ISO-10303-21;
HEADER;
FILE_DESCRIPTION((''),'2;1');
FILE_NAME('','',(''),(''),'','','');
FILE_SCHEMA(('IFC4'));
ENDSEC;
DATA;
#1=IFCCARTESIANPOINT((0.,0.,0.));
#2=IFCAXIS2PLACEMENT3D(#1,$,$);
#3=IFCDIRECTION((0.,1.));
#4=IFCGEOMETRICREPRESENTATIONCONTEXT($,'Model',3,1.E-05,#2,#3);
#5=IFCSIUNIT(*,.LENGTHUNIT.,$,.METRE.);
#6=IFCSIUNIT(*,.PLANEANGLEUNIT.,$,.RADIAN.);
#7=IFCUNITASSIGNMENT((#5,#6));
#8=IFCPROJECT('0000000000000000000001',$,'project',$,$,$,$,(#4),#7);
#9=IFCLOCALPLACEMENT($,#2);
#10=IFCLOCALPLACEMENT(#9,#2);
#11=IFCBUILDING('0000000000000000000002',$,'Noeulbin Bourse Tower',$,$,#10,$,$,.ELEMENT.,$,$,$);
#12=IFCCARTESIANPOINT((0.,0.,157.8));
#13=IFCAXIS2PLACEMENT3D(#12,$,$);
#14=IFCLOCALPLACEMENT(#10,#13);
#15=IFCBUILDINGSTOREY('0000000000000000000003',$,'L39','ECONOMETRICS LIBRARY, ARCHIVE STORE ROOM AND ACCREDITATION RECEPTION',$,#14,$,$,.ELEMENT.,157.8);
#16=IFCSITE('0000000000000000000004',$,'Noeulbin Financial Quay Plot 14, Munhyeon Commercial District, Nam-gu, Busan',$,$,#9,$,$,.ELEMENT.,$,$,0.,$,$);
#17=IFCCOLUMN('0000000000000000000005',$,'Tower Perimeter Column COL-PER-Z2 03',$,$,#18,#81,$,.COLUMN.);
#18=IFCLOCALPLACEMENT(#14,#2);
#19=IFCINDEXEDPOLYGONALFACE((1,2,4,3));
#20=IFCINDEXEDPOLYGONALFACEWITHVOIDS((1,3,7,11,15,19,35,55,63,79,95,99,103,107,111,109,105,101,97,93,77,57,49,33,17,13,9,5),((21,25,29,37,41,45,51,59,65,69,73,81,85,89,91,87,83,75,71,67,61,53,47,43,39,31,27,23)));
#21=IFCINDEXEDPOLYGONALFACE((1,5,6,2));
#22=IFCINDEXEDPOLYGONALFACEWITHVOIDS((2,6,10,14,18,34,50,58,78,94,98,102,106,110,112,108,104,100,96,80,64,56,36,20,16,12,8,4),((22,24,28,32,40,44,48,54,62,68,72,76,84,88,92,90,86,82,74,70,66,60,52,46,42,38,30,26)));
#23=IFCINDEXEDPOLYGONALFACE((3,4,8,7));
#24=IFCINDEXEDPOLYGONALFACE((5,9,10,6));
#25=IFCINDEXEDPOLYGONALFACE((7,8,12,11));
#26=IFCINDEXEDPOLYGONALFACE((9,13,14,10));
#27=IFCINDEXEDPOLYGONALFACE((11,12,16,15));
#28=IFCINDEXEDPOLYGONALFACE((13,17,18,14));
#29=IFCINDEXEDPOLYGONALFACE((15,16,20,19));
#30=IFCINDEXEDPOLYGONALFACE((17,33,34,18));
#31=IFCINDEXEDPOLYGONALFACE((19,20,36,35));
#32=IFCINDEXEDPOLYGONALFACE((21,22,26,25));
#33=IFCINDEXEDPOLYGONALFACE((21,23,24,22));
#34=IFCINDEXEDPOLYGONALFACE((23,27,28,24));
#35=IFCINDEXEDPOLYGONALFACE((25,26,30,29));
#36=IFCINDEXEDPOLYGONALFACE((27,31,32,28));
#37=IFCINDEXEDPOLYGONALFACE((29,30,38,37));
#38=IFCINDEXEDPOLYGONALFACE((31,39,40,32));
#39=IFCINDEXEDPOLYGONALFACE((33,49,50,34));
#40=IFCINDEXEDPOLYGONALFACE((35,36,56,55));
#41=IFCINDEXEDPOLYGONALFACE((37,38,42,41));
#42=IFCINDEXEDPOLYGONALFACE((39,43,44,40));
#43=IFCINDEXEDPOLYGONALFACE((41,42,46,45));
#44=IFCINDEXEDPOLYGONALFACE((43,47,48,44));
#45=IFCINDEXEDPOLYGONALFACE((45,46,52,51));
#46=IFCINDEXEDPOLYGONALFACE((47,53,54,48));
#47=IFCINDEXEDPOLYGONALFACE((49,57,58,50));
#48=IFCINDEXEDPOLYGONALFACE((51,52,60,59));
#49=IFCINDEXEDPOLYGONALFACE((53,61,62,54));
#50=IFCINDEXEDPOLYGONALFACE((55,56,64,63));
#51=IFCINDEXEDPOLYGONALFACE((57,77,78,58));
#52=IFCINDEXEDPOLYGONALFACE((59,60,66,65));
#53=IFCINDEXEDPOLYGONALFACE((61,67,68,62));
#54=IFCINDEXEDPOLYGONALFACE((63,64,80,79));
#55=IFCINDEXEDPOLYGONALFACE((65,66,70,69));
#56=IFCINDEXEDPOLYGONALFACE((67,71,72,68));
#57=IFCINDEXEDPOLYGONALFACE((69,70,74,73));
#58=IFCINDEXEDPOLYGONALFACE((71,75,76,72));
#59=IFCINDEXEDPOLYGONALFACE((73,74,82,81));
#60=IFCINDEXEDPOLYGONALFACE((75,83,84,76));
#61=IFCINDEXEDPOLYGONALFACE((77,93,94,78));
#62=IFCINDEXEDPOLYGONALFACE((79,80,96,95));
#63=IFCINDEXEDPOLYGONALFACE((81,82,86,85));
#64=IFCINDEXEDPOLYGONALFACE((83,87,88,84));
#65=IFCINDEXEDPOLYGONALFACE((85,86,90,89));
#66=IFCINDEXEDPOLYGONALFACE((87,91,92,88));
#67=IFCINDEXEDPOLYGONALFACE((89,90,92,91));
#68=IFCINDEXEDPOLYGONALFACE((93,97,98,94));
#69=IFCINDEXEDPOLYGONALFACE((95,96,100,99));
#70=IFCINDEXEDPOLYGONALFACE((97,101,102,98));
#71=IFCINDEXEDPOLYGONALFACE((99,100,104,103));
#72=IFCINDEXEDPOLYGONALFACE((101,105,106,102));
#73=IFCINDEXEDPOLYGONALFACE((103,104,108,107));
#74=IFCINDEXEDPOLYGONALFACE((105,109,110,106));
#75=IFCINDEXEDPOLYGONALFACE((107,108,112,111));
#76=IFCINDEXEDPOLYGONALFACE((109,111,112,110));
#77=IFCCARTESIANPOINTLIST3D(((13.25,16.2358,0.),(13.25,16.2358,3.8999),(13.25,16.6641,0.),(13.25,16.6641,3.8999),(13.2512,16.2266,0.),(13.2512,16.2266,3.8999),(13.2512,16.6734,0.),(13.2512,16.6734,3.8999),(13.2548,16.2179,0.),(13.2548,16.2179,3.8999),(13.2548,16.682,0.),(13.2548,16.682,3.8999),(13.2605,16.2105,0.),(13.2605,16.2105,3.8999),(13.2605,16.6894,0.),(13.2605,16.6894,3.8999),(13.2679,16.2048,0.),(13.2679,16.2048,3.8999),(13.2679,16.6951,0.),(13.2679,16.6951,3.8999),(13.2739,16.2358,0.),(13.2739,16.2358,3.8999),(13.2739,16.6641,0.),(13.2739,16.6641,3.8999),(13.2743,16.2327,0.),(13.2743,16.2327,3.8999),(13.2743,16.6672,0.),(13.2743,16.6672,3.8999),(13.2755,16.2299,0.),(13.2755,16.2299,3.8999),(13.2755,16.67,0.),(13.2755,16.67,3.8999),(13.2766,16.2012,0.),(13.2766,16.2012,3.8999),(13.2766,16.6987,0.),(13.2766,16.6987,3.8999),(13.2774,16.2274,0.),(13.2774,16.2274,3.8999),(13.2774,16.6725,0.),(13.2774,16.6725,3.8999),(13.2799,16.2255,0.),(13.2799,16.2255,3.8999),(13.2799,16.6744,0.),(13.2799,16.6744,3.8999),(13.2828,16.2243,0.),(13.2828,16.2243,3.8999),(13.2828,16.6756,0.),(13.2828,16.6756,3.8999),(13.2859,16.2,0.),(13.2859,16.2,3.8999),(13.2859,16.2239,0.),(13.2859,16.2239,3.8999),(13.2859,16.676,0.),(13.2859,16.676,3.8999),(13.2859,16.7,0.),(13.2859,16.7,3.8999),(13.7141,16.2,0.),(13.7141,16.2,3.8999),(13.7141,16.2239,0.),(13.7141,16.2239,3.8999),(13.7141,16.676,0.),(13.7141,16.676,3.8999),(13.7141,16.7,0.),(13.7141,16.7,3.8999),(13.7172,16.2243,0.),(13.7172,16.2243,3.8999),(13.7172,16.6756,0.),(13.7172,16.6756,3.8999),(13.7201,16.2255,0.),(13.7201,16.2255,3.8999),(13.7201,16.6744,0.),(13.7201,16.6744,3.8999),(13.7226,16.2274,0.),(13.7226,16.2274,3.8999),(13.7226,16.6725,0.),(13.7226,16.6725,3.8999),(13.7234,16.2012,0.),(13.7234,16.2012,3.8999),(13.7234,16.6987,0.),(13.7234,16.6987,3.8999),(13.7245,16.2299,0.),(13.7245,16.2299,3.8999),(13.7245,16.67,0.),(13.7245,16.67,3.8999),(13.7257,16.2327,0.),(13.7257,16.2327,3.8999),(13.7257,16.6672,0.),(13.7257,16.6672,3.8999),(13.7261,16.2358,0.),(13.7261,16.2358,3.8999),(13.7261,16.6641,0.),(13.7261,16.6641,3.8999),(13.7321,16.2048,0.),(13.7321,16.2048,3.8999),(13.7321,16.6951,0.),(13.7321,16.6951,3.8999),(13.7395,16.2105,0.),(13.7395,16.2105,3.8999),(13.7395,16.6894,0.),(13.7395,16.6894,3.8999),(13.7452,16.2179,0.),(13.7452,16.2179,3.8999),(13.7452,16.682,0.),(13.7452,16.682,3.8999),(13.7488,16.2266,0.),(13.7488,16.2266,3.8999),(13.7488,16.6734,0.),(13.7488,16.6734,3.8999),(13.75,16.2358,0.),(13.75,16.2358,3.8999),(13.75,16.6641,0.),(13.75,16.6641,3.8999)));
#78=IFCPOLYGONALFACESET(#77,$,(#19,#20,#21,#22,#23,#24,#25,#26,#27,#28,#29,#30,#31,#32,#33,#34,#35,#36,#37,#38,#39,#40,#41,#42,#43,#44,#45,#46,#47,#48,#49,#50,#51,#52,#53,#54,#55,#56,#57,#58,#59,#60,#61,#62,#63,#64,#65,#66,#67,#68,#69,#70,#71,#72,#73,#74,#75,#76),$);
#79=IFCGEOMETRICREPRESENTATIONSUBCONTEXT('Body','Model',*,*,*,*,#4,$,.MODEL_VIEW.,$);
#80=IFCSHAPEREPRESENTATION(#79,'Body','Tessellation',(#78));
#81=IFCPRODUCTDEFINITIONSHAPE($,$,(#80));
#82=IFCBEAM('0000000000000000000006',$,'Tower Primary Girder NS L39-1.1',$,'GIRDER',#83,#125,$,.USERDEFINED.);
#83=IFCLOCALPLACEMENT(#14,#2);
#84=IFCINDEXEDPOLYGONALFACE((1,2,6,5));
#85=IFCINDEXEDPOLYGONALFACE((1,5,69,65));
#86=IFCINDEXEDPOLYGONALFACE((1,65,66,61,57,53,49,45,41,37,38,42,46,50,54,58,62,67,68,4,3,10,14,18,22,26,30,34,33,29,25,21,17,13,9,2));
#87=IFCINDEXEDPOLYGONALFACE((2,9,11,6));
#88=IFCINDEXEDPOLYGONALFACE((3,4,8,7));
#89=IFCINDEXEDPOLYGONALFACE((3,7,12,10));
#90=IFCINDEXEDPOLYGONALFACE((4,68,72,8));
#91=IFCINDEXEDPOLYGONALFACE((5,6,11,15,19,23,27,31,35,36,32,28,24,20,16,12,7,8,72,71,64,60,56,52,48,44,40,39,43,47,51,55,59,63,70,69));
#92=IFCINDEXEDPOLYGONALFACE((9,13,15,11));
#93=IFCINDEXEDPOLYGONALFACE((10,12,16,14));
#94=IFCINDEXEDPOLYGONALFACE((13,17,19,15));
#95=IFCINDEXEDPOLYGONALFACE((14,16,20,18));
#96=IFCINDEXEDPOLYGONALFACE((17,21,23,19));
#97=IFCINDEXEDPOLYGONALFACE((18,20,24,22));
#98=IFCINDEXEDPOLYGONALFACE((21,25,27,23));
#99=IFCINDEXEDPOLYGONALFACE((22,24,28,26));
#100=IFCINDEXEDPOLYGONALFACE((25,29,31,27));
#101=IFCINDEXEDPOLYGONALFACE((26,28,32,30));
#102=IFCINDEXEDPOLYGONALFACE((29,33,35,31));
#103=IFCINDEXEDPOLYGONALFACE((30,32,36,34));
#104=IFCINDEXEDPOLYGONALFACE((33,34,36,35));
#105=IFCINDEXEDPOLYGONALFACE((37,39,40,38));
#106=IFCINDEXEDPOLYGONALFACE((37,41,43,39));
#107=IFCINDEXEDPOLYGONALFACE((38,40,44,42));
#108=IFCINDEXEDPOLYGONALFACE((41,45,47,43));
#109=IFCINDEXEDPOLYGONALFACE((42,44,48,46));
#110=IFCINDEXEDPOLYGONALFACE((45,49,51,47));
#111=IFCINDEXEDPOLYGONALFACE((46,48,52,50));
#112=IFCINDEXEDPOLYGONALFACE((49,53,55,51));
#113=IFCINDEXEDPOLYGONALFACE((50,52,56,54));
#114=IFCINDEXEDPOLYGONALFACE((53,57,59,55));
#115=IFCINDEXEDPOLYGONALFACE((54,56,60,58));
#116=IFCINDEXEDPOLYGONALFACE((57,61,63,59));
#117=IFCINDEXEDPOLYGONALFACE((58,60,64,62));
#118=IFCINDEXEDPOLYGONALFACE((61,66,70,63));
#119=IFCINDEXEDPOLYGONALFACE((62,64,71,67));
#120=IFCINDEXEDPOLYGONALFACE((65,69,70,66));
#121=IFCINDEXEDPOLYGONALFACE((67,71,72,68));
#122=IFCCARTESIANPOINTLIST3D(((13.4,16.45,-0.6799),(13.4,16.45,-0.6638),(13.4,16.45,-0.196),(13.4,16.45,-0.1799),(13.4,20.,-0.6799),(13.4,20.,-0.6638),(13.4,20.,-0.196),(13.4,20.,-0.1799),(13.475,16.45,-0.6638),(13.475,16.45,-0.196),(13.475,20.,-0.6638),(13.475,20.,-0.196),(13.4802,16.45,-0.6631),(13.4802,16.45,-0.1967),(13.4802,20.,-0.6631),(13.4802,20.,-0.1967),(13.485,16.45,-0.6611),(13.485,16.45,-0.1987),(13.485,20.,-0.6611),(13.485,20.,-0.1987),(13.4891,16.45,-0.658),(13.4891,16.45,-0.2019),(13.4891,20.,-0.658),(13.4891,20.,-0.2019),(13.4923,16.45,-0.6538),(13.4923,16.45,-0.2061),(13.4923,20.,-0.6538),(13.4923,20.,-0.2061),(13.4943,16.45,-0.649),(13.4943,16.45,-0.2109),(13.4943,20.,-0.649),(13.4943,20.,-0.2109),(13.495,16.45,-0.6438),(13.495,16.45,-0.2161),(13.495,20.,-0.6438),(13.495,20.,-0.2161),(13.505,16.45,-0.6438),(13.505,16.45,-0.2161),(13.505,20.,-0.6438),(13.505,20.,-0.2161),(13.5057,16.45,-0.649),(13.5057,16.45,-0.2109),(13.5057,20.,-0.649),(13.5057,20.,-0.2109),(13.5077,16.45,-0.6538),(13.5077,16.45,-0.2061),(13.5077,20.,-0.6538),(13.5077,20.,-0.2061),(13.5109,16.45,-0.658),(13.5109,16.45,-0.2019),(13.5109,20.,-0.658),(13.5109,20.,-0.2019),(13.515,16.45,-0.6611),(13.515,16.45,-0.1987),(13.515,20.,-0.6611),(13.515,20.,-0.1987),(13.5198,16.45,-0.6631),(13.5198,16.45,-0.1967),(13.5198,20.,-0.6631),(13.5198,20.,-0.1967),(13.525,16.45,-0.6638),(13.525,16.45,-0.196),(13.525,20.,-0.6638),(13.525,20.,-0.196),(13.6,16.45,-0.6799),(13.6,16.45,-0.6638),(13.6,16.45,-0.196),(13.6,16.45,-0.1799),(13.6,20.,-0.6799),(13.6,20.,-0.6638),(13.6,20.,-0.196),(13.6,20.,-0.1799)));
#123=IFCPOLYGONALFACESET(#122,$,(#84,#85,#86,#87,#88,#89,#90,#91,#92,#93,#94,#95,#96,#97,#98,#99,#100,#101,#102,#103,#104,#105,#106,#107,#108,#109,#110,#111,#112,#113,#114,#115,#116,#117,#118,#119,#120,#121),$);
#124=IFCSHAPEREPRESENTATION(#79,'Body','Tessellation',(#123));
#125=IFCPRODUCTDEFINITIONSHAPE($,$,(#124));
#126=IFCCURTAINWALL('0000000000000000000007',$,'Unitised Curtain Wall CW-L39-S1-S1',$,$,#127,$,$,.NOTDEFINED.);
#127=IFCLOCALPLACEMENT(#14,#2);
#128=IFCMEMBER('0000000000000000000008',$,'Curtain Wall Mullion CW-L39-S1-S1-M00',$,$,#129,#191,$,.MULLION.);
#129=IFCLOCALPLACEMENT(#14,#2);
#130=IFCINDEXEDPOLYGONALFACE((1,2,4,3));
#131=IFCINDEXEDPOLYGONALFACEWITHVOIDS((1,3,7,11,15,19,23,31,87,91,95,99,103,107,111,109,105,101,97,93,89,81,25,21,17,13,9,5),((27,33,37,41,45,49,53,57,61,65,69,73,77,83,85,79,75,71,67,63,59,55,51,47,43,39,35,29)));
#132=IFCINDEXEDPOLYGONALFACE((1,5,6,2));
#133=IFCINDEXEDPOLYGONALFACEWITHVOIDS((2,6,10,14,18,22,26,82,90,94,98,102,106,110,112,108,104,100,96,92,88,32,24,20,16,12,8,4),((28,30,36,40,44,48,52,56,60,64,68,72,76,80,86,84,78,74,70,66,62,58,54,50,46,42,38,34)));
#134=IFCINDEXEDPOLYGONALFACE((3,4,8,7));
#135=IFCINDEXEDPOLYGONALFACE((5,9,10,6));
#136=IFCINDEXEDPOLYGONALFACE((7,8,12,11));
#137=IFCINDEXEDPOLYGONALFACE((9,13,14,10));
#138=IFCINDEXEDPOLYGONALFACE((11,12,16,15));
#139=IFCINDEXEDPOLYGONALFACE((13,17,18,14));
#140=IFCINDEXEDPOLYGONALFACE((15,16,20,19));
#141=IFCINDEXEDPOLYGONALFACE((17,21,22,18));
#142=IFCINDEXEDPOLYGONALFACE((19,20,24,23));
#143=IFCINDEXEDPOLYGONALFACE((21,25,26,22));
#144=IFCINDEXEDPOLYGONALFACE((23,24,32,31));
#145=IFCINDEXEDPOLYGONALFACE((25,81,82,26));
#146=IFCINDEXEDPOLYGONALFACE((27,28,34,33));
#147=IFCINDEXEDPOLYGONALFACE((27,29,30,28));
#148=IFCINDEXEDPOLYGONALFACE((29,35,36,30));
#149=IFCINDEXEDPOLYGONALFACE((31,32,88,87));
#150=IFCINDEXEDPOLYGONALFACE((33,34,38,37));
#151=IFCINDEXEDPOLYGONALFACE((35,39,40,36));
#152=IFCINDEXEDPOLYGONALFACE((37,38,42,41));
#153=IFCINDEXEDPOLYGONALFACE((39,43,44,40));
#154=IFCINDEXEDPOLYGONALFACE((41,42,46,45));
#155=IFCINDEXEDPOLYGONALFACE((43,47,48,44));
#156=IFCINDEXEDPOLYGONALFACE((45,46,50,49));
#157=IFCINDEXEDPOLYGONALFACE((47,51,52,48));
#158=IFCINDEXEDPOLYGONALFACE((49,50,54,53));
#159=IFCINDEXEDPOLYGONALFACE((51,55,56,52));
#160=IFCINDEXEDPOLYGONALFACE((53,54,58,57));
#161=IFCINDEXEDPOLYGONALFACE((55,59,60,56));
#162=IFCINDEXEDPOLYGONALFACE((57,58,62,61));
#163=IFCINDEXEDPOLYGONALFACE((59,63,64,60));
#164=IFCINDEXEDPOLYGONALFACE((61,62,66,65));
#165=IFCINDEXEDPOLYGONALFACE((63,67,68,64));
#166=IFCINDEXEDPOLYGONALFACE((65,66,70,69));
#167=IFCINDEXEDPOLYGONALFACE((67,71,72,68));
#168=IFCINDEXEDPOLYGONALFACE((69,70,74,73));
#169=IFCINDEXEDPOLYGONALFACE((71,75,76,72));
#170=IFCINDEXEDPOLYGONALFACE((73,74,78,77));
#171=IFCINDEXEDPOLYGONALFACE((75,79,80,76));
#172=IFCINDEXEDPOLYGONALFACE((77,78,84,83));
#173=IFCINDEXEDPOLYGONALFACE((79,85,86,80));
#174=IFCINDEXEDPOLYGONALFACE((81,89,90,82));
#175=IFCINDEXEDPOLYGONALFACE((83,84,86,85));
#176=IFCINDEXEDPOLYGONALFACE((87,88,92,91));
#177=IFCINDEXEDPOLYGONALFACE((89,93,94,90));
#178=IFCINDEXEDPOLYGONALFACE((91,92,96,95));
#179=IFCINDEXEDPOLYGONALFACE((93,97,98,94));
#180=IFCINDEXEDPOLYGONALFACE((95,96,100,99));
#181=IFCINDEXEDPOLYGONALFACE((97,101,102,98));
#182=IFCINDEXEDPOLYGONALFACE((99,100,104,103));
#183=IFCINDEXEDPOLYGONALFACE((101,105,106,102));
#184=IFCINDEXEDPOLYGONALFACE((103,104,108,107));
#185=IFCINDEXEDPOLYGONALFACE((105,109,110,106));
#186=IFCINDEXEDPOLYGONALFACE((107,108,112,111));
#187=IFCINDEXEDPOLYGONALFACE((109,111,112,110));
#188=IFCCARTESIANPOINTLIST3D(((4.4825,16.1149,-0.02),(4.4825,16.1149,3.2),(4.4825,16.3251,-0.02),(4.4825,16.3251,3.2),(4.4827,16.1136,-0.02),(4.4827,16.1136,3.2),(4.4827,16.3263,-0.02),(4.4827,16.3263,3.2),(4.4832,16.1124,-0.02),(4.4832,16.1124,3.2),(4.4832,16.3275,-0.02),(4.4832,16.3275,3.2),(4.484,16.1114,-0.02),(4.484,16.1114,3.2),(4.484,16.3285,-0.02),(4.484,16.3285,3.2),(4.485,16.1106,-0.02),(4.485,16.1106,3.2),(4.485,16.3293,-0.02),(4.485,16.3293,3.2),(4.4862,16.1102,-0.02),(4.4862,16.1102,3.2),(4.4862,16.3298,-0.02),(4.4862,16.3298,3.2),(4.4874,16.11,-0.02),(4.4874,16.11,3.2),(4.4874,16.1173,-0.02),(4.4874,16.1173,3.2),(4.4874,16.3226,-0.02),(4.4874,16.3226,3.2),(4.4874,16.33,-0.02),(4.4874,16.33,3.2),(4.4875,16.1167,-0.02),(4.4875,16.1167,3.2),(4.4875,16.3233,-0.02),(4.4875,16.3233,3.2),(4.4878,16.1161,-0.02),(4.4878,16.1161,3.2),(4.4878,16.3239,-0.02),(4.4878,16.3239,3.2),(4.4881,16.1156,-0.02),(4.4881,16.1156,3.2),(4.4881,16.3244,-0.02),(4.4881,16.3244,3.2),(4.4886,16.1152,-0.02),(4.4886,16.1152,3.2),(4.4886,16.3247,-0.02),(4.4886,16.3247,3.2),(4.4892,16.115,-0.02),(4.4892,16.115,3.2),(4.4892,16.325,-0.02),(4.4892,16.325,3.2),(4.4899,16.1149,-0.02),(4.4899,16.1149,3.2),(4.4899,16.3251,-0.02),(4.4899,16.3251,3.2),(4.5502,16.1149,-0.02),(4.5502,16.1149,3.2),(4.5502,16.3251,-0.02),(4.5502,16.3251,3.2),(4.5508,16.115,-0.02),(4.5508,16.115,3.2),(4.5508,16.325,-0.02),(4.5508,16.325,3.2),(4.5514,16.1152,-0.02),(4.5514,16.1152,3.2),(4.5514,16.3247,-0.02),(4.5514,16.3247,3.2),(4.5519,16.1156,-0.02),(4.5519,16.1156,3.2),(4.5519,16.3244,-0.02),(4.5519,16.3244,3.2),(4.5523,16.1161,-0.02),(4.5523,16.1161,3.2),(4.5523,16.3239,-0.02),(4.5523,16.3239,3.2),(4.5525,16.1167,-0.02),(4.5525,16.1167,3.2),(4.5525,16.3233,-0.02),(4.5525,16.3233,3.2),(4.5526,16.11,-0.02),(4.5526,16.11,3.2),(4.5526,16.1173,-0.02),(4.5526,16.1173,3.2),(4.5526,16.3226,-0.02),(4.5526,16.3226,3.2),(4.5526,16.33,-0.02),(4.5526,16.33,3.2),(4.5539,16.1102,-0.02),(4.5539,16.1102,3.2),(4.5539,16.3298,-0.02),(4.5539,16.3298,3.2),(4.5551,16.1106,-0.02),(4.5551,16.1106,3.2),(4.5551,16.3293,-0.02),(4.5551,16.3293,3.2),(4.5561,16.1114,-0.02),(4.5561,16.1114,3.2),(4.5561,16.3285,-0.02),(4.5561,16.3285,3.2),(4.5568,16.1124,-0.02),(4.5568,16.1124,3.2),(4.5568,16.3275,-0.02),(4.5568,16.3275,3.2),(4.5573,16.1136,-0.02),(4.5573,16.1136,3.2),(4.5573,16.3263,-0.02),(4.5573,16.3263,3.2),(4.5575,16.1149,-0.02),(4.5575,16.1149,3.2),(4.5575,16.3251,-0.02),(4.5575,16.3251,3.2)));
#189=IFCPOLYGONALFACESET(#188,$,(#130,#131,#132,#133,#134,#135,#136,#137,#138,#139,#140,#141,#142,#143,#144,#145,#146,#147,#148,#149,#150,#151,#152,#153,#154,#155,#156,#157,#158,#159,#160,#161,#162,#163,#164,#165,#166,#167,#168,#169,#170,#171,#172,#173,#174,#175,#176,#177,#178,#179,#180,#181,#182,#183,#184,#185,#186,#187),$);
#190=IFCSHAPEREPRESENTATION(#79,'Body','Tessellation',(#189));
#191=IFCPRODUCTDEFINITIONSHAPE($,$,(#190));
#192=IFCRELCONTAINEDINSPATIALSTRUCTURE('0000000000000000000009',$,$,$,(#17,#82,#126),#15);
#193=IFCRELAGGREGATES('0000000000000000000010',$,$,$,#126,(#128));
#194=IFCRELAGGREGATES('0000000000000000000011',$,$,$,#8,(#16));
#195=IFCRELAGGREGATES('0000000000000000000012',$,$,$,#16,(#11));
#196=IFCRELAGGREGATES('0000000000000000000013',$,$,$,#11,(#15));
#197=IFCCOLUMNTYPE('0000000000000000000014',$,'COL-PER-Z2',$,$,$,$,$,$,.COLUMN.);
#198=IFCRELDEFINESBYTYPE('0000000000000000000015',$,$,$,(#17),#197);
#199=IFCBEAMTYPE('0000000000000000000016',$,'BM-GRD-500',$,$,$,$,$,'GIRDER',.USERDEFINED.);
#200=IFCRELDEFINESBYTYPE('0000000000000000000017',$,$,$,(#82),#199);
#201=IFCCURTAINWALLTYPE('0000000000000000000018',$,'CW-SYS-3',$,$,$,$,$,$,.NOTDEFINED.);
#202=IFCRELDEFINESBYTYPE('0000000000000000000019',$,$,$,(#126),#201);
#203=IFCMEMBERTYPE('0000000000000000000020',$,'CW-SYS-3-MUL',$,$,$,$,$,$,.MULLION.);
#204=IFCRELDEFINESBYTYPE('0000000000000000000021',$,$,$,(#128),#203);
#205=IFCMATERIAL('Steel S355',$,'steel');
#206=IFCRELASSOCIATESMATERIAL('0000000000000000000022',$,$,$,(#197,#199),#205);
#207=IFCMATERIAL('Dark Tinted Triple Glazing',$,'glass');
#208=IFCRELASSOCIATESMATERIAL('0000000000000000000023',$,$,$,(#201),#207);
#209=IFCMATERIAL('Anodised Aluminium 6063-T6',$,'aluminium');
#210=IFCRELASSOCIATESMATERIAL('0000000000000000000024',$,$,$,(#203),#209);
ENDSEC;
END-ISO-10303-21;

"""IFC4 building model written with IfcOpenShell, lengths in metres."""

from ifc_helpers import new_model, si_unit, direction, frame, origin, origin_2d, place, context, subcontext, project, spatial, hollow_rectangle, i_section, extrude, material, material_profile, profile_set, type_object, element, aggregate, save


model = new_model("IFC4")

# Units and contexts
model_context = context("Model", 3, precision=1e-05, world=origin(), true_north=direction((0.0, 1.0)))
body_context = subcontext(model_context, "Body", "Model", "MODEL_VIEW")
ifc_project = project(units=[si_unit("LENGTHUNIT", "METRE"), si_unit("PLANEANGLEUNIT", "RADIAN")], contexts=[model_context])

# Site, building, storey
site_placement = place(None, origin())
site = spatial("IfcSite", under=ifc_project, at=site_placement, Name="Noeulbin Financial Quay Plot 14, Munhyeon Commercial District, Nam-gu, Busan", CompositionType="ELEMENT", RefElevation=0.0)
building_placement = place(site_placement, origin())
building = spatial("IfcBuilding", under=site, at=building_placement, Name="Noeulbin Bourse Tower", CompositionType="ELEMENT")
storey_placement = place(building_placement, frame((0.0, 0.0, 157.8)))
storey = spatial("IfcBuildingStorey", under=building, at=storey_placement, Name="L39", Description="ECONOMETRICS LIBRARY, ARCHIVE STORE ROOM AND ACCREDITATION RECEPTION", CompositionType="ELEMENT", Elevation=157.8)

# Column
ifc_material_1 = material(Name="Steel S355", Category="steel")
ifc_material_profile_1 = material_profile(ifc_material_1, hollow_rectangle(XDim=0.5, YDim=0.5, WallThickness=0.0239, InnerFilletRadius=0.012, OuterFilletRadius=0.0359, at=origin_2d()), Name="BOX-500x500x24", Category="LoadBearing")
ifc_profile_set_1 = profile_set([ifc_material_profile_1], Name="Steel S355")
column_type = type_object("IfcColumnType", Name="COL-PER-Z2", PredefinedType="COLUMN", material=ifc_profile_set_1)
column_placement = place(storey_placement, frame((13.5, 16.45, 0.0), z_axis=(0.0, 0.0, 1.0), x_axis=(1.0, 0.0, 0.0)))
element("IfcColumn", 1, at=column_placement, inside=storey, type_object=column_type, Name="Tower Perimeter Column COL-PER-Z2 03", PredefinedType="COLUMN", context=body_context, shape_type="SweptSolid", body=[
    extrude(hollow_rectangle(XDim=0.5, YDim=0.5, WallThickness=0.0239, InnerFilletRadius=0.012, OuterFilletRadius=0.0359, at=origin_2d()), origin(), (0.0, 0.0, 1.0), 3.8999),
])

# Beam
ifc_material_profile_2 = material_profile(ifc_material_1, i_section(OverallWidth=0.2, OverallDepth=0.5, WebThickness=0.01, FlangeThickness=0.0161, FilletRadius=0.02, at=origin_2d()), Name="H-500x200x10x16", Category="LoadBearing")
ifc_profile_set_2 = profile_set([ifc_material_profile_2], Name="Steel S355")
beam_type = type_object("IfcBeamType", Name="BM-GRD-500", ElementType="GIRDER", PredefinedType="USERDEFINED", material=ifc_profile_set_2)
beam_placement = place(storey_placement, frame((13.5, 16.45, -0.4299), z_axis=(0.0, 1.0, 0.0), x_axis=(-1.0, 0.0, 0.0)))
element("IfcBeam", 2, at=beam_placement, inside=storey, type_object=beam_type, Name="Tower Primary Girder NS L39-1.1", ObjectType="GIRDER", PredefinedType="USERDEFINED", context=body_context, shape_type="SweptSolid", body=[
    extrude(i_section(OverallWidth=0.2, OverallDepth=0.5, WebThickness=0.01, FlangeThickness=0.0161, FilletRadius=0.02, at=origin_2d()), origin(), (0.0, 0.0, 1.0), 3.55),
])

# Curtain wall, member
ifc_material_2 = material(Name="Dark Tinted Triple Glazing", Category="glass")
curtain_wall_type = type_object("IfcCurtainWallType", Name="CW-SYS-3", PredefinedType="NOTDEFINED", material=ifc_material_2)
curtain_wall_1_placement = place(storey_placement, origin())
curtain_wall_1 = element("IfcCurtainWall", 3, at=curtain_wall_1_placement, inside=storey, type_object=curtain_wall_type, Name="Unitised Curtain Wall CW-L39-S1-S1", PredefinedType="NOTDEFINED")
ifc_material_3 = material(Name="Anodised Aluminium 6063-T6", Category="aluminium")
ifc_material_profile_3 = material_profile(ifc_material_3, hollow_rectangle(XDim=0.075, YDim=0.22, WallThickness=0.0049, InnerFilletRadius=0.0024, OuterFilletRadius=0.0049, at=origin_2d()), Name="ALU-MULL-75x220x5", Category="LoadBearing")
ifc_profile_set_3 = profile_set([ifc_material_profile_3], Name="Anodised Aluminium 6063-T6")
member_type_1 = type_object("IfcMemberType", Name="CW-SYS-3-MUL", PredefinedType="MULLION", material=ifc_profile_set_3)
member_1_placement = place(storey_placement, frame((4.52, 16.22, -0.02), z_axis=(0.0, 0.0, 1.0), x_axis=(1.0, 0.0, 0.0)))
member_1 = element("IfcMember", 4, at=member_1_placement, type_object=member_type_1, Name="Curtain Wall Mullion CW-L39-S1-S1-M00", PredefinedType="MULLION", context=body_context, shape_type="SweptSolid", body=[
    extrude(hollow_rectangle(XDim=0.075, YDim=0.22, WallThickness=0.0049, InnerFilletRadius=0.0024, OuterFilletRadius=0.0049, at=origin_2d()), origin(), (0.0, 0.0, 1.0), 3.22),
])

aggregate(curtain_wall_1, [member_1])

save(model, "model.ifc")
